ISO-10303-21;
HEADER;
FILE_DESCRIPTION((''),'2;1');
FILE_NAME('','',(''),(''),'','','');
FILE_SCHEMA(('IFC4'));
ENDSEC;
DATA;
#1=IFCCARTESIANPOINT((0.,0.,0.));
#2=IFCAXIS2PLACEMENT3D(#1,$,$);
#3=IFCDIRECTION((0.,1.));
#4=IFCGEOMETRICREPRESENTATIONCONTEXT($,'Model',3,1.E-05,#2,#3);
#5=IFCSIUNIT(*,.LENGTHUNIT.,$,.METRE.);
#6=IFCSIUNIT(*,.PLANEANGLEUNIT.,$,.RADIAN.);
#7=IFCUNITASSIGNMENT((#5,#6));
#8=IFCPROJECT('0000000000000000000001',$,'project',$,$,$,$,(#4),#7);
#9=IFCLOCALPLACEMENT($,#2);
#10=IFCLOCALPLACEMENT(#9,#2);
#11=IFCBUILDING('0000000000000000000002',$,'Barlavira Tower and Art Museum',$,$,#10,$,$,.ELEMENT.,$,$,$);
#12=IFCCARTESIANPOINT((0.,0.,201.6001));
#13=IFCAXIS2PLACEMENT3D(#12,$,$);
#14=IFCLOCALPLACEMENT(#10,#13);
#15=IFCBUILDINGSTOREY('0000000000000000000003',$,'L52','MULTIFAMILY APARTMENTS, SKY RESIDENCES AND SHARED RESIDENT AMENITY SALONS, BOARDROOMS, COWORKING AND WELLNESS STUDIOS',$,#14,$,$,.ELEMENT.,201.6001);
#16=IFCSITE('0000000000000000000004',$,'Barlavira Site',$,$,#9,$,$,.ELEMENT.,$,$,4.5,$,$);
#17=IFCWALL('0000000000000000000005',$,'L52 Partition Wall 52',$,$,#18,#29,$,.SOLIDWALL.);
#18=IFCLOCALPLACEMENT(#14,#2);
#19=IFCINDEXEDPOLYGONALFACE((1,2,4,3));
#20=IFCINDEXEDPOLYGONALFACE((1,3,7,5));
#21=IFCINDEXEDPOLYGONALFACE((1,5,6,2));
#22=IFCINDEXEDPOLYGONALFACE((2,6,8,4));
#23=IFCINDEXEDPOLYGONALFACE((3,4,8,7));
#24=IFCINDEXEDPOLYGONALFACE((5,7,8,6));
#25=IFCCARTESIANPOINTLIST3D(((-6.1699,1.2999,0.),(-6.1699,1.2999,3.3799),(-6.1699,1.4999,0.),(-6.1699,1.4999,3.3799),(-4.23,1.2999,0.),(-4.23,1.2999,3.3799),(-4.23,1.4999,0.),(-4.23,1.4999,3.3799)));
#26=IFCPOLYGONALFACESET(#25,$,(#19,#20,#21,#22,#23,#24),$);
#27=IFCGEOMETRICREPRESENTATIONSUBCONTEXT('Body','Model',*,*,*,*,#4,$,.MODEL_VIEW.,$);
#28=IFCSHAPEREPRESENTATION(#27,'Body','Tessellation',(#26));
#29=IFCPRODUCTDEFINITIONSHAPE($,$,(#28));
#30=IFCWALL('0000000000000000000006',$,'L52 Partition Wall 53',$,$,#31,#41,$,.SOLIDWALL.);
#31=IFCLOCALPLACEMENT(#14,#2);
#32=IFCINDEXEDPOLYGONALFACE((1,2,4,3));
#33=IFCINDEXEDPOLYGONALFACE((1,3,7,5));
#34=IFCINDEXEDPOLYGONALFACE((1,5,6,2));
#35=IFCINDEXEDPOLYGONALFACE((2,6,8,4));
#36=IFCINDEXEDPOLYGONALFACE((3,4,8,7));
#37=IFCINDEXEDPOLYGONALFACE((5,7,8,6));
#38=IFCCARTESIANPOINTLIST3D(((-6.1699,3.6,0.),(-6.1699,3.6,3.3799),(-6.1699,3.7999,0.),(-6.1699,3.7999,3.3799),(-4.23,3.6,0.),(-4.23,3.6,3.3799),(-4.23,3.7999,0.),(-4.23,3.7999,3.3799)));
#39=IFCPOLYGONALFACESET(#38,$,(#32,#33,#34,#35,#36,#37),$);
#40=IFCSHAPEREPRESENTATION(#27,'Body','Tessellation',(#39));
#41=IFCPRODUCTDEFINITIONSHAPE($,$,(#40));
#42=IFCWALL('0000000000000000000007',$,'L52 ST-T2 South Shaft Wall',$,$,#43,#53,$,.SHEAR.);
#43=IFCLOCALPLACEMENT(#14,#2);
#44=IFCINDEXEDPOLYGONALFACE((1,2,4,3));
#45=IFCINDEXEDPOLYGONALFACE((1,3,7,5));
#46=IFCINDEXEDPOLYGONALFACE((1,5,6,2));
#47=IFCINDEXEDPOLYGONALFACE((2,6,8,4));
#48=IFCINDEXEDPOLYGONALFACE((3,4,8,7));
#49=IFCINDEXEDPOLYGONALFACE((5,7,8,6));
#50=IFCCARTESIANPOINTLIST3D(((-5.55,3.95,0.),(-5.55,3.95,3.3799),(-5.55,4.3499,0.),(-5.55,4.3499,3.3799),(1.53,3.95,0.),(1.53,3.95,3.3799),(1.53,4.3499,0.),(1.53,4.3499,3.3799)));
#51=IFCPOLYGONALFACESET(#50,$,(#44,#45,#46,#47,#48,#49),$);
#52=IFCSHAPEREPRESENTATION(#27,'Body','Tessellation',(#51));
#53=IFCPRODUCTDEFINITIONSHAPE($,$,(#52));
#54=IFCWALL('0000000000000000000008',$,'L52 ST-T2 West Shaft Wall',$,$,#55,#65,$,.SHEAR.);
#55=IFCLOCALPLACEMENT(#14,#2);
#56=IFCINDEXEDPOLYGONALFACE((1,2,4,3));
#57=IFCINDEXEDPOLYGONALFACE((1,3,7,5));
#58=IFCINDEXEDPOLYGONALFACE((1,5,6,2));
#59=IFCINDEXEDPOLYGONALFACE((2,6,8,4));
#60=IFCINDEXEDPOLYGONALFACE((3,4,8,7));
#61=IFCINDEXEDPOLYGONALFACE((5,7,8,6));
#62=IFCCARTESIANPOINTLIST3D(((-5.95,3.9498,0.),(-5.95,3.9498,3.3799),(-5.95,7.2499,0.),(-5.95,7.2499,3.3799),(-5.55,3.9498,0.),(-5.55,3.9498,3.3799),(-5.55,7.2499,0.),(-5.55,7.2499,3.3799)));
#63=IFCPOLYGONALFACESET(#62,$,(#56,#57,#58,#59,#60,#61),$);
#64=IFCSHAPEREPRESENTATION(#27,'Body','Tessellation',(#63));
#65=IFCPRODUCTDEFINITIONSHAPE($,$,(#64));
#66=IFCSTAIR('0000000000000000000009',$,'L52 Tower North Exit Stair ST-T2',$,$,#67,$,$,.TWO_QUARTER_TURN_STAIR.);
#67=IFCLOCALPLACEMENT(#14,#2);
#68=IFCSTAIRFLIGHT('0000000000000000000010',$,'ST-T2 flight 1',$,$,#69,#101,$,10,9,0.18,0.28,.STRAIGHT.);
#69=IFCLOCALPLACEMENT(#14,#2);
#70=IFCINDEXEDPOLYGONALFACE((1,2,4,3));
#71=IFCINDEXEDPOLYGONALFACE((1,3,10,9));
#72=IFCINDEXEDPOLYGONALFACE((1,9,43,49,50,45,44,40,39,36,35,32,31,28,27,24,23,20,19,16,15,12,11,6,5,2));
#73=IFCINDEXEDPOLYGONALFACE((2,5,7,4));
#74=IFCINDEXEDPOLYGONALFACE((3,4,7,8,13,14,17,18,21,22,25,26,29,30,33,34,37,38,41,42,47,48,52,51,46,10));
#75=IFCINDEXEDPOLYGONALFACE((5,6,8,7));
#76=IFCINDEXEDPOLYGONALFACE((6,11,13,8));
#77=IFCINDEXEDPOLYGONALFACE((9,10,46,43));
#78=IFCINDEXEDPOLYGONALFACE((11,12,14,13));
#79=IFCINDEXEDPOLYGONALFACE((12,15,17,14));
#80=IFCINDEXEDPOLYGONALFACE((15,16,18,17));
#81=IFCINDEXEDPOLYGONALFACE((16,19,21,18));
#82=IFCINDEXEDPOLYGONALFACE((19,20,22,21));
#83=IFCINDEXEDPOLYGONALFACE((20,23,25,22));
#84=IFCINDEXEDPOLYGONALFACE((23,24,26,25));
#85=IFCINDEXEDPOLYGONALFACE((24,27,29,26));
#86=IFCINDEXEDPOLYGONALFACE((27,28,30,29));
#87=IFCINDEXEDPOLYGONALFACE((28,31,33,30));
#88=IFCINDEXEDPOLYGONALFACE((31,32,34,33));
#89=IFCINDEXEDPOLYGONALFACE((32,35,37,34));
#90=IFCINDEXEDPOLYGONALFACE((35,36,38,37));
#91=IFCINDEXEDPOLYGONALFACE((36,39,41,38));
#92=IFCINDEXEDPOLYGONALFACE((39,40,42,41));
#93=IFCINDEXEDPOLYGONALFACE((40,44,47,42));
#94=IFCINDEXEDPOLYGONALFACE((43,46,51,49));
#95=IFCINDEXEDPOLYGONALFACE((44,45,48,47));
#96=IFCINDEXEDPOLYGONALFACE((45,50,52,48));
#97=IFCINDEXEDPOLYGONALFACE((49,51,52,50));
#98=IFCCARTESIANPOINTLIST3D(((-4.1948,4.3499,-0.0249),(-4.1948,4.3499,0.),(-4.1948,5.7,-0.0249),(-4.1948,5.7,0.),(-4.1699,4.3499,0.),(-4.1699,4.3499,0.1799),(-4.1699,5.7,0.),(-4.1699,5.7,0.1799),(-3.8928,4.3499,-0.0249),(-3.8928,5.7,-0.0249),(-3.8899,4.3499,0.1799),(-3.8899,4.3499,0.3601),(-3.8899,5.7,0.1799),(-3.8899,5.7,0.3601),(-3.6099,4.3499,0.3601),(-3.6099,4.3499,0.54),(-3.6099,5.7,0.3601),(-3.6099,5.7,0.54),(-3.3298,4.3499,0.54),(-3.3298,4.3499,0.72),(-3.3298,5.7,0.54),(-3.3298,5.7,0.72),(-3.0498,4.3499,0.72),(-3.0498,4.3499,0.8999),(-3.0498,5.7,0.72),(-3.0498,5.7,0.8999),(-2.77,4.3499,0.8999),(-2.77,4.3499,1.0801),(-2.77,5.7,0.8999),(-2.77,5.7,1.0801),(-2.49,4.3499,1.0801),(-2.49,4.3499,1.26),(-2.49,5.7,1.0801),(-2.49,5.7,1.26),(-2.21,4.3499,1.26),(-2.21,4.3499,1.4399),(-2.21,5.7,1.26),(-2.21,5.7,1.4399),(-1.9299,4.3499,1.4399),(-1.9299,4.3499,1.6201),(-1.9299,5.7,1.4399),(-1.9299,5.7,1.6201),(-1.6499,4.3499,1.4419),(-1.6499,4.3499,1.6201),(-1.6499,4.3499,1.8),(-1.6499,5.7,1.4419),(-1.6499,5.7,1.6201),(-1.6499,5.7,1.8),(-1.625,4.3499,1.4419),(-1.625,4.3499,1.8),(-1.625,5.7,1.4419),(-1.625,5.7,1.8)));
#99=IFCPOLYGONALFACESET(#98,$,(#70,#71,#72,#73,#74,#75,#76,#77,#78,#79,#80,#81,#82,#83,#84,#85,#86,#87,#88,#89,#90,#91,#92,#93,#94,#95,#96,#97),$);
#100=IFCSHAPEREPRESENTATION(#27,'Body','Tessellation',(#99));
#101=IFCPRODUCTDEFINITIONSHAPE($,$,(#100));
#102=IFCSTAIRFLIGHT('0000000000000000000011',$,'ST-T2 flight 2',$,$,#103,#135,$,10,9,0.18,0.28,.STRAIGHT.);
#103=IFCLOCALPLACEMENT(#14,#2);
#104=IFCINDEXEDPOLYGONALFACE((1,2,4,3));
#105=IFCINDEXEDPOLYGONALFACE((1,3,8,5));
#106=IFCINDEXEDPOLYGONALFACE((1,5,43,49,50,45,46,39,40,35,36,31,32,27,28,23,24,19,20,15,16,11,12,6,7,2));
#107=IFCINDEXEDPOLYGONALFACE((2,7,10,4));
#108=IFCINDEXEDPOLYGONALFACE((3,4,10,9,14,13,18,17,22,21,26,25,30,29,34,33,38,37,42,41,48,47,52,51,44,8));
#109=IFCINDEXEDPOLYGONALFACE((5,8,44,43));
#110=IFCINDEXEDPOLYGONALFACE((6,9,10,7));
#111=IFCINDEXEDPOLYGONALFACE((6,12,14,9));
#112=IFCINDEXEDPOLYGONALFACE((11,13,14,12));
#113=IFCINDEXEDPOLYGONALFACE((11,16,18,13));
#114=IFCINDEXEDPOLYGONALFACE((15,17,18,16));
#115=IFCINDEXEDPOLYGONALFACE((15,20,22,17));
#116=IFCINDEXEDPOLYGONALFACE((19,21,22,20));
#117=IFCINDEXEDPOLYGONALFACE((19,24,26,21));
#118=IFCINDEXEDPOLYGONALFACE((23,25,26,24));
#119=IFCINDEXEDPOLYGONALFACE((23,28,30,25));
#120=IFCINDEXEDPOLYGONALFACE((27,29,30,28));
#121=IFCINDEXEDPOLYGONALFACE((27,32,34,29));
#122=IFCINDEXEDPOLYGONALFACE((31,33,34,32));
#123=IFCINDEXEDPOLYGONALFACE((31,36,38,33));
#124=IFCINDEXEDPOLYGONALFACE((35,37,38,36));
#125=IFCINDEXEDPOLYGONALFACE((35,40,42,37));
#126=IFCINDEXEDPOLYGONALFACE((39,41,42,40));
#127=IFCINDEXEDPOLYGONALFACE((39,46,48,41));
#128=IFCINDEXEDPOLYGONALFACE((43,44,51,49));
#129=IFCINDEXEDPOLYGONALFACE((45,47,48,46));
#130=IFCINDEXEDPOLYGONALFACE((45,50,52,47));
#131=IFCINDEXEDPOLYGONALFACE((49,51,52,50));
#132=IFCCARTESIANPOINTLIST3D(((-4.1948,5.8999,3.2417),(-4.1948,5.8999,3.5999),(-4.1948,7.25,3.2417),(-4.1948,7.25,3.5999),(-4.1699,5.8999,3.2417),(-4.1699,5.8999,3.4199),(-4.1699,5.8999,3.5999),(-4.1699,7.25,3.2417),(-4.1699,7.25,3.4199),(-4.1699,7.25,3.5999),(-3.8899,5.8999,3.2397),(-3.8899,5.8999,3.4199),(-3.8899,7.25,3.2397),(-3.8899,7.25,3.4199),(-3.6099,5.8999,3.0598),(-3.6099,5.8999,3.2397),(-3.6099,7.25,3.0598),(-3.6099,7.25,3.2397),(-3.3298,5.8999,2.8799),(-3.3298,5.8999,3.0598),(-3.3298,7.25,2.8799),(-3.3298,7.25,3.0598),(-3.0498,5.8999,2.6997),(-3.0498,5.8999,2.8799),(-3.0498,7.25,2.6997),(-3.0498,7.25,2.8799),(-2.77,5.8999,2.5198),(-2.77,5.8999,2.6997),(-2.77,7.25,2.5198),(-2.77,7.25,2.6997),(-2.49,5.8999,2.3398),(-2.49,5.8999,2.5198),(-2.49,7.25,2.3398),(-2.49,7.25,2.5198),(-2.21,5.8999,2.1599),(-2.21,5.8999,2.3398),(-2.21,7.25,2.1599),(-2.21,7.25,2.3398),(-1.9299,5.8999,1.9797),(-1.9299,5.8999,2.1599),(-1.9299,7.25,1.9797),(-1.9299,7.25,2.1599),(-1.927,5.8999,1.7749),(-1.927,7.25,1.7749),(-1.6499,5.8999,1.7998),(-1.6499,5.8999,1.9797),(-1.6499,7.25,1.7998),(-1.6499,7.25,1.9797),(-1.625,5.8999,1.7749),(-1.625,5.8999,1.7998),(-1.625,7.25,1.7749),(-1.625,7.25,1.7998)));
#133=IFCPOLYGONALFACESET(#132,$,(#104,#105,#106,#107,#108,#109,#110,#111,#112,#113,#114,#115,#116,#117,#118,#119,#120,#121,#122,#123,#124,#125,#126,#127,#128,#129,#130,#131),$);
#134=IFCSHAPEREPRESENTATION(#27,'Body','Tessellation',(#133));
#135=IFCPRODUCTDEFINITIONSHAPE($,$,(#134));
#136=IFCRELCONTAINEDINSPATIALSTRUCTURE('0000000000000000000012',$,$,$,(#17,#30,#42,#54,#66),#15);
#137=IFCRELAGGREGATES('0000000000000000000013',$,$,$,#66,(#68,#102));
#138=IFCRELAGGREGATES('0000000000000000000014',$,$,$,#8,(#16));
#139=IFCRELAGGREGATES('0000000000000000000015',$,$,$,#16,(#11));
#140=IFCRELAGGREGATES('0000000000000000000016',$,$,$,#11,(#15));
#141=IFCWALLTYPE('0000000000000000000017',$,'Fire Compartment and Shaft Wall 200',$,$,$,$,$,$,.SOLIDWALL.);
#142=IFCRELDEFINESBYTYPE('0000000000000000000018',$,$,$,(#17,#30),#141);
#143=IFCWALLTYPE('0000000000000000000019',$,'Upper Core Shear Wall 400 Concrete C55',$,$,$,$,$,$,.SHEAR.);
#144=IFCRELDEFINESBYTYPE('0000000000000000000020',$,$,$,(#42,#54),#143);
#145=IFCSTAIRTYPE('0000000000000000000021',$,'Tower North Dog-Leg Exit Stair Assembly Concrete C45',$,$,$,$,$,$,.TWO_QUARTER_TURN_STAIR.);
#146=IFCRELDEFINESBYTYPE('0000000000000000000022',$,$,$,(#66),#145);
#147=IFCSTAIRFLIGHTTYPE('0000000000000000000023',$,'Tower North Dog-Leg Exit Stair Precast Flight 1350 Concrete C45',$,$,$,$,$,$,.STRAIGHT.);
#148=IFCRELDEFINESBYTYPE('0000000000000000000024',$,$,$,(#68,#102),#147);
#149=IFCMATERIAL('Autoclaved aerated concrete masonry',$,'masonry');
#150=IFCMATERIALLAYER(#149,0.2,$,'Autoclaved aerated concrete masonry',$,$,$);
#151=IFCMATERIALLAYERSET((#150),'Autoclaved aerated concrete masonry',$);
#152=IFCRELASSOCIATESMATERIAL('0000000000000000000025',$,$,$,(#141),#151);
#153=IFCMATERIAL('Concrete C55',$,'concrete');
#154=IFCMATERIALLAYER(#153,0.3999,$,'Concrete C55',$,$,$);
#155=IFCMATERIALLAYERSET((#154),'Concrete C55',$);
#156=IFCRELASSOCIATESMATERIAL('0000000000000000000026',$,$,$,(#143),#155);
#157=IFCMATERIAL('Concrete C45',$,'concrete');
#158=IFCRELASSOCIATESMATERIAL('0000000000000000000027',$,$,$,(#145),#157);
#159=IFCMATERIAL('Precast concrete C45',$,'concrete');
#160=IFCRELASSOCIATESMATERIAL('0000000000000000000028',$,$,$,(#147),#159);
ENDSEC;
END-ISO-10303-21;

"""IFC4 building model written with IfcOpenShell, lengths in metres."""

from ifc_helpers import new_model, si_unit, direction, frame, frame_2d, origin, place, context, subcontext, project, spatial, polyline, rectangle, outline, extrude, material, layer, layer_set, type_object, element, aggregate, save


model = new_model("IFC4")

# Units and contexts
model_context = context("Model", 3, precision=1e-05, world=origin(), true_north=direction((0.0, 1.0)))
body_context = subcontext(model_context, "Body", "Model", "MODEL_VIEW")
ifc_project = project(units=[si_unit("LENGTHUNIT", "METRE"), si_unit("PLANEANGLEUNIT", "RADIAN")], contexts=[model_context])

# Site, building, storey
site_placement = place(None, origin())
site = spatial("IfcSite", under=ifc_project, at=site_placement, Name="Barlavira Site", CompositionType="ELEMENT", RefElevation=4.5)
building_placement = place(site_placement, origin())
building = spatial("IfcBuilding", under=site, at=building_placement, Name="Barlavira Tower and Art Museum", CompositionType="ELEMENT")
storey_placement = place(building_placement, frame((0.0, 0.0, 201.6001)))
storey = spatial("IfcBuildingStorey", under=building, at=storey_placement, Name="L52", Description="MULTIFAMILY APARTMENTS, SKY RESIDENCES AND SHARED RESIDENT AMENITY SALONS, BOARDROOMS, COWORKING AND WELLNESS STUDIOS", CompositionType="ELEMENT", Elevation=201.6001)

# Shared definitions
ifc_material_1 = material(Name="Autoclaved aerated concrete masonry", Category="masonry")
ifc_layer_1 = layer(ifc_material_1, 0.2, Name="Autoclaved aerated concrete masonry")
ifc_layer_set_1 = layer_set([ifc_layer_1], Name="Autoclaved aerated concrete masonry")
wall_type_1 = type_object("IfcWallType", Name="Fire Compartment and Shaft Wall 200", PredefinedType="SOLIDWALL", material=ifc_layer_set_1)

# Walls
for number, where, z_axis, x_axis, name in (
    (1, (-6.1699, 1.3999, 0.0), (0.0, 0.0, 1.0), (1.0, 0.0, 0.0), "L52 Partition Wall 52"),
    (2, (-6.1699, 3.7, 0.0), (0.0, 0.0, 1.0), (1.0, 0.0, 0.0), "L52 Partition Wall 53"),
):
    element("IfcWall", number, at=place(storey_placement, frame(where, z_axis=z_axis, x_axis=x_axis)), inside=storey, type_object=wall_type_1, Name=name, PredefinedType="SOLIDWALL", context=body_context, shape_type="SweptSolid", body=[
        extrude(rectangle(XDim=1.9399, YDim=0.2, at=frame_2d((0.97, 0.0))), origin(), (0.0, 0.0, 1.0), 3.3799),
    ])
ifc_material_2 = material(Name="Concrete C55", Category="concrete")
ifc_layer_2 = layer(ifc_material_2, 0.3999, Name="Concrete C55")
ifc_layer_set_2 = layer_set([ifc_layer_2], Name="Concrete C55")
wall_type_2 = type_object("IfcWallType", Name="Upper Core Shear Wall 400 Concrete C55", PredefinedType="SHEAR", material=ifc_layer_set_2)
wall_1_placement = place(storey_placement, frame((-5.55, 4.1499, 0.0), z_axis=(0.0, 0.0, 1.0), x_axis=(1.0, 0.0, 0.0)))
element("IfcWall", 3, at=wall_1_placement, inside=storey, type_object=wall_type_2, Name="L52 ST-T2 South Shaft Wall", PredefinedType="SHEAR", context=body_context, shape_type="SweptSolid", body=[
    extrude(rectangle(XDim=7.0801, YDim=0.3999, at=frame_2d((3.54, 0.0))), origin(), (0.0, 0.0, 1.0), 3.3799),
])
wall_2_placement = place(storey_placement, frame((-5.75, 3.95, 0.0), z_axis=(0.0, 0.0, 1.0), x_axis=(0.0, 1.0, 0.0)))
element("IfcWall", 4, at=wall_2_placement, inside=storey, type_object=wall_type_2, Name="L52 ST-T2 West Shaft Wall", PredefinedType="SHEAR", context=body_context, shape_type="SweptSolid", body=[
    extrude(rectangle(XDim=3.3, YDim=0.3999, at=frame_2d((1.6499, 0.0))), origin(), (0.0, 0.0, 1.0), 3.3799),
])

# Stair, stair flights
ifc_material_3 = material(Name="Concrete C45", Category="concrete")
stair_type = type_object("IfcStairType", Name="Tower North Dog-Leg Exit Stair Assembly Concrete C45", PredefinedType="TWO_QUARTER_TURN_STAIR", material=ifc_material_3)
stair_placement = place(storey_placement, origin())
stair = element("IfcStair", 5, at=stair_placement, inside=storey, type_object=stair_type, Name="L52 Tower North Exit Stair ST-T2", PredefinedType="TWO_QUARTER_TURN_STAIR")
ifc_material_4 = material(Name="Precast concrete C45", Category="concrete")
stair_flight_type = type_object("IfcStairFlightType", Name="Tower North Dog-Leg Exit Stair Precast Flight 1350 Concrete C45", PredefinedType="STRAIGHT", material=ifc_material_4)
stair_flight_1_placement = place(storey_placement, frame((-4.1699, 5.0249, 0.0), z_axis=(0.0, 0.0, 1.0), x_axis=(1.0, 0.0, 0.0)))
stair_flight_1 = element("IfcStairFlight", 6, at=stair_flight_1_placement, type_object=stair_flight_type, Name="ST-T2 flight 1", NumberOfRisers=10, NumberOfTreads=9, PredefinedType="STRAIGHT", RiserHeight=0.18, TreadLength=0.28, context=body_context, shape_type="SweptSolid", body=[
    extrude(outline(polyline([(-0.0249, 0.0), (0.0, 0.0), (0.0, 0.1799), (0.28, 0.1799), (0.28, 0.3601), (0.5601, 0.3601), (0.5601, 0.54), (0.8401, 0.54), (0.8401, 0.72), (1.1201, 0.72), (1.1201, 0.8999), (1.3999, 0.8999), (1.3999, 1.0801), (1.6799, 1.0801), (1.6799, 1.26), (1.96, 1.26), (1.96, 1.4399), (2.24, 1.4399), (2.24, 1.6201), (2.52, 1.6201), (2.52, 1.8), (2.5449, 1.8), (2.5449, 1.4419), (2.52, 1.4419), (0.2771, -0.0249), (-0.0249, -0.0249), (-0.0249, 0.0)])), frame((0.0, 0.675, 0.0), z_axis=(0.0, -1.0, 0.0), x_axis=(1.0, 0.0, 0.0)), (0.0, 0.0, 1.0), 1.3501),
])
stair_flight_2_placement = place(storey_placement, frame((-1.6499, 6.575, 1.7998), z_axis=(0.0, 0.0, 1.0), x_axis=(-1.0, 0.0, 0.0)))
stair_flight_2 = element("IfcStairFlight", 7, at=stair_flight_2_placement, type_object=stair_flight_type, Name="ST-T2 flight 2", NumberOfRisers=10, NumberOfTreads=9, PredefinedType="STRAIGHT", RiserHeight=0.18, TreadLength=0.28, context=body_context, shape_type="SweptSolid", body=[
    extrude(outline(polyline([(-0.0249, 0.0), (0.0, 0.0), (0.0, 0.1799), (0.28, 0.1799), (0.28, 0.3601), (0.5601, 0.3601), (0.5601, 0.54), (0.8401, 0.54), (0.8401, 0.72), (1.1201, 0.72), (1.1201, 0.8999), (1.3999, 0.8999), (1.3999, 1.0801), (1.6799, 1.0801), (1.6799, 1.26), (1.96, 1.26), (1.96, 1.4399), (2.24, 1.4399), (2.24, 1.6201), (2.52, 1.6201), (2.52, 1.8), (2.5449, 1.8), (2.5449, 1.4419), (2.52, 1.4419), (0.2771, -0.0249), (-0.0249, -0.0249), (-0.0249, 0.0)])), frame((0.0, 0.675, 0.0), z_axis=(0.0, -1.0, 0.0), x_axis=(1.0, 0.0, 0.0)), (0.0, 0.0, 1.0), 1.3501),
])
aggregate(stair, [stair_flight_1, stair_flight_2])

save(model, "model.ifc")
